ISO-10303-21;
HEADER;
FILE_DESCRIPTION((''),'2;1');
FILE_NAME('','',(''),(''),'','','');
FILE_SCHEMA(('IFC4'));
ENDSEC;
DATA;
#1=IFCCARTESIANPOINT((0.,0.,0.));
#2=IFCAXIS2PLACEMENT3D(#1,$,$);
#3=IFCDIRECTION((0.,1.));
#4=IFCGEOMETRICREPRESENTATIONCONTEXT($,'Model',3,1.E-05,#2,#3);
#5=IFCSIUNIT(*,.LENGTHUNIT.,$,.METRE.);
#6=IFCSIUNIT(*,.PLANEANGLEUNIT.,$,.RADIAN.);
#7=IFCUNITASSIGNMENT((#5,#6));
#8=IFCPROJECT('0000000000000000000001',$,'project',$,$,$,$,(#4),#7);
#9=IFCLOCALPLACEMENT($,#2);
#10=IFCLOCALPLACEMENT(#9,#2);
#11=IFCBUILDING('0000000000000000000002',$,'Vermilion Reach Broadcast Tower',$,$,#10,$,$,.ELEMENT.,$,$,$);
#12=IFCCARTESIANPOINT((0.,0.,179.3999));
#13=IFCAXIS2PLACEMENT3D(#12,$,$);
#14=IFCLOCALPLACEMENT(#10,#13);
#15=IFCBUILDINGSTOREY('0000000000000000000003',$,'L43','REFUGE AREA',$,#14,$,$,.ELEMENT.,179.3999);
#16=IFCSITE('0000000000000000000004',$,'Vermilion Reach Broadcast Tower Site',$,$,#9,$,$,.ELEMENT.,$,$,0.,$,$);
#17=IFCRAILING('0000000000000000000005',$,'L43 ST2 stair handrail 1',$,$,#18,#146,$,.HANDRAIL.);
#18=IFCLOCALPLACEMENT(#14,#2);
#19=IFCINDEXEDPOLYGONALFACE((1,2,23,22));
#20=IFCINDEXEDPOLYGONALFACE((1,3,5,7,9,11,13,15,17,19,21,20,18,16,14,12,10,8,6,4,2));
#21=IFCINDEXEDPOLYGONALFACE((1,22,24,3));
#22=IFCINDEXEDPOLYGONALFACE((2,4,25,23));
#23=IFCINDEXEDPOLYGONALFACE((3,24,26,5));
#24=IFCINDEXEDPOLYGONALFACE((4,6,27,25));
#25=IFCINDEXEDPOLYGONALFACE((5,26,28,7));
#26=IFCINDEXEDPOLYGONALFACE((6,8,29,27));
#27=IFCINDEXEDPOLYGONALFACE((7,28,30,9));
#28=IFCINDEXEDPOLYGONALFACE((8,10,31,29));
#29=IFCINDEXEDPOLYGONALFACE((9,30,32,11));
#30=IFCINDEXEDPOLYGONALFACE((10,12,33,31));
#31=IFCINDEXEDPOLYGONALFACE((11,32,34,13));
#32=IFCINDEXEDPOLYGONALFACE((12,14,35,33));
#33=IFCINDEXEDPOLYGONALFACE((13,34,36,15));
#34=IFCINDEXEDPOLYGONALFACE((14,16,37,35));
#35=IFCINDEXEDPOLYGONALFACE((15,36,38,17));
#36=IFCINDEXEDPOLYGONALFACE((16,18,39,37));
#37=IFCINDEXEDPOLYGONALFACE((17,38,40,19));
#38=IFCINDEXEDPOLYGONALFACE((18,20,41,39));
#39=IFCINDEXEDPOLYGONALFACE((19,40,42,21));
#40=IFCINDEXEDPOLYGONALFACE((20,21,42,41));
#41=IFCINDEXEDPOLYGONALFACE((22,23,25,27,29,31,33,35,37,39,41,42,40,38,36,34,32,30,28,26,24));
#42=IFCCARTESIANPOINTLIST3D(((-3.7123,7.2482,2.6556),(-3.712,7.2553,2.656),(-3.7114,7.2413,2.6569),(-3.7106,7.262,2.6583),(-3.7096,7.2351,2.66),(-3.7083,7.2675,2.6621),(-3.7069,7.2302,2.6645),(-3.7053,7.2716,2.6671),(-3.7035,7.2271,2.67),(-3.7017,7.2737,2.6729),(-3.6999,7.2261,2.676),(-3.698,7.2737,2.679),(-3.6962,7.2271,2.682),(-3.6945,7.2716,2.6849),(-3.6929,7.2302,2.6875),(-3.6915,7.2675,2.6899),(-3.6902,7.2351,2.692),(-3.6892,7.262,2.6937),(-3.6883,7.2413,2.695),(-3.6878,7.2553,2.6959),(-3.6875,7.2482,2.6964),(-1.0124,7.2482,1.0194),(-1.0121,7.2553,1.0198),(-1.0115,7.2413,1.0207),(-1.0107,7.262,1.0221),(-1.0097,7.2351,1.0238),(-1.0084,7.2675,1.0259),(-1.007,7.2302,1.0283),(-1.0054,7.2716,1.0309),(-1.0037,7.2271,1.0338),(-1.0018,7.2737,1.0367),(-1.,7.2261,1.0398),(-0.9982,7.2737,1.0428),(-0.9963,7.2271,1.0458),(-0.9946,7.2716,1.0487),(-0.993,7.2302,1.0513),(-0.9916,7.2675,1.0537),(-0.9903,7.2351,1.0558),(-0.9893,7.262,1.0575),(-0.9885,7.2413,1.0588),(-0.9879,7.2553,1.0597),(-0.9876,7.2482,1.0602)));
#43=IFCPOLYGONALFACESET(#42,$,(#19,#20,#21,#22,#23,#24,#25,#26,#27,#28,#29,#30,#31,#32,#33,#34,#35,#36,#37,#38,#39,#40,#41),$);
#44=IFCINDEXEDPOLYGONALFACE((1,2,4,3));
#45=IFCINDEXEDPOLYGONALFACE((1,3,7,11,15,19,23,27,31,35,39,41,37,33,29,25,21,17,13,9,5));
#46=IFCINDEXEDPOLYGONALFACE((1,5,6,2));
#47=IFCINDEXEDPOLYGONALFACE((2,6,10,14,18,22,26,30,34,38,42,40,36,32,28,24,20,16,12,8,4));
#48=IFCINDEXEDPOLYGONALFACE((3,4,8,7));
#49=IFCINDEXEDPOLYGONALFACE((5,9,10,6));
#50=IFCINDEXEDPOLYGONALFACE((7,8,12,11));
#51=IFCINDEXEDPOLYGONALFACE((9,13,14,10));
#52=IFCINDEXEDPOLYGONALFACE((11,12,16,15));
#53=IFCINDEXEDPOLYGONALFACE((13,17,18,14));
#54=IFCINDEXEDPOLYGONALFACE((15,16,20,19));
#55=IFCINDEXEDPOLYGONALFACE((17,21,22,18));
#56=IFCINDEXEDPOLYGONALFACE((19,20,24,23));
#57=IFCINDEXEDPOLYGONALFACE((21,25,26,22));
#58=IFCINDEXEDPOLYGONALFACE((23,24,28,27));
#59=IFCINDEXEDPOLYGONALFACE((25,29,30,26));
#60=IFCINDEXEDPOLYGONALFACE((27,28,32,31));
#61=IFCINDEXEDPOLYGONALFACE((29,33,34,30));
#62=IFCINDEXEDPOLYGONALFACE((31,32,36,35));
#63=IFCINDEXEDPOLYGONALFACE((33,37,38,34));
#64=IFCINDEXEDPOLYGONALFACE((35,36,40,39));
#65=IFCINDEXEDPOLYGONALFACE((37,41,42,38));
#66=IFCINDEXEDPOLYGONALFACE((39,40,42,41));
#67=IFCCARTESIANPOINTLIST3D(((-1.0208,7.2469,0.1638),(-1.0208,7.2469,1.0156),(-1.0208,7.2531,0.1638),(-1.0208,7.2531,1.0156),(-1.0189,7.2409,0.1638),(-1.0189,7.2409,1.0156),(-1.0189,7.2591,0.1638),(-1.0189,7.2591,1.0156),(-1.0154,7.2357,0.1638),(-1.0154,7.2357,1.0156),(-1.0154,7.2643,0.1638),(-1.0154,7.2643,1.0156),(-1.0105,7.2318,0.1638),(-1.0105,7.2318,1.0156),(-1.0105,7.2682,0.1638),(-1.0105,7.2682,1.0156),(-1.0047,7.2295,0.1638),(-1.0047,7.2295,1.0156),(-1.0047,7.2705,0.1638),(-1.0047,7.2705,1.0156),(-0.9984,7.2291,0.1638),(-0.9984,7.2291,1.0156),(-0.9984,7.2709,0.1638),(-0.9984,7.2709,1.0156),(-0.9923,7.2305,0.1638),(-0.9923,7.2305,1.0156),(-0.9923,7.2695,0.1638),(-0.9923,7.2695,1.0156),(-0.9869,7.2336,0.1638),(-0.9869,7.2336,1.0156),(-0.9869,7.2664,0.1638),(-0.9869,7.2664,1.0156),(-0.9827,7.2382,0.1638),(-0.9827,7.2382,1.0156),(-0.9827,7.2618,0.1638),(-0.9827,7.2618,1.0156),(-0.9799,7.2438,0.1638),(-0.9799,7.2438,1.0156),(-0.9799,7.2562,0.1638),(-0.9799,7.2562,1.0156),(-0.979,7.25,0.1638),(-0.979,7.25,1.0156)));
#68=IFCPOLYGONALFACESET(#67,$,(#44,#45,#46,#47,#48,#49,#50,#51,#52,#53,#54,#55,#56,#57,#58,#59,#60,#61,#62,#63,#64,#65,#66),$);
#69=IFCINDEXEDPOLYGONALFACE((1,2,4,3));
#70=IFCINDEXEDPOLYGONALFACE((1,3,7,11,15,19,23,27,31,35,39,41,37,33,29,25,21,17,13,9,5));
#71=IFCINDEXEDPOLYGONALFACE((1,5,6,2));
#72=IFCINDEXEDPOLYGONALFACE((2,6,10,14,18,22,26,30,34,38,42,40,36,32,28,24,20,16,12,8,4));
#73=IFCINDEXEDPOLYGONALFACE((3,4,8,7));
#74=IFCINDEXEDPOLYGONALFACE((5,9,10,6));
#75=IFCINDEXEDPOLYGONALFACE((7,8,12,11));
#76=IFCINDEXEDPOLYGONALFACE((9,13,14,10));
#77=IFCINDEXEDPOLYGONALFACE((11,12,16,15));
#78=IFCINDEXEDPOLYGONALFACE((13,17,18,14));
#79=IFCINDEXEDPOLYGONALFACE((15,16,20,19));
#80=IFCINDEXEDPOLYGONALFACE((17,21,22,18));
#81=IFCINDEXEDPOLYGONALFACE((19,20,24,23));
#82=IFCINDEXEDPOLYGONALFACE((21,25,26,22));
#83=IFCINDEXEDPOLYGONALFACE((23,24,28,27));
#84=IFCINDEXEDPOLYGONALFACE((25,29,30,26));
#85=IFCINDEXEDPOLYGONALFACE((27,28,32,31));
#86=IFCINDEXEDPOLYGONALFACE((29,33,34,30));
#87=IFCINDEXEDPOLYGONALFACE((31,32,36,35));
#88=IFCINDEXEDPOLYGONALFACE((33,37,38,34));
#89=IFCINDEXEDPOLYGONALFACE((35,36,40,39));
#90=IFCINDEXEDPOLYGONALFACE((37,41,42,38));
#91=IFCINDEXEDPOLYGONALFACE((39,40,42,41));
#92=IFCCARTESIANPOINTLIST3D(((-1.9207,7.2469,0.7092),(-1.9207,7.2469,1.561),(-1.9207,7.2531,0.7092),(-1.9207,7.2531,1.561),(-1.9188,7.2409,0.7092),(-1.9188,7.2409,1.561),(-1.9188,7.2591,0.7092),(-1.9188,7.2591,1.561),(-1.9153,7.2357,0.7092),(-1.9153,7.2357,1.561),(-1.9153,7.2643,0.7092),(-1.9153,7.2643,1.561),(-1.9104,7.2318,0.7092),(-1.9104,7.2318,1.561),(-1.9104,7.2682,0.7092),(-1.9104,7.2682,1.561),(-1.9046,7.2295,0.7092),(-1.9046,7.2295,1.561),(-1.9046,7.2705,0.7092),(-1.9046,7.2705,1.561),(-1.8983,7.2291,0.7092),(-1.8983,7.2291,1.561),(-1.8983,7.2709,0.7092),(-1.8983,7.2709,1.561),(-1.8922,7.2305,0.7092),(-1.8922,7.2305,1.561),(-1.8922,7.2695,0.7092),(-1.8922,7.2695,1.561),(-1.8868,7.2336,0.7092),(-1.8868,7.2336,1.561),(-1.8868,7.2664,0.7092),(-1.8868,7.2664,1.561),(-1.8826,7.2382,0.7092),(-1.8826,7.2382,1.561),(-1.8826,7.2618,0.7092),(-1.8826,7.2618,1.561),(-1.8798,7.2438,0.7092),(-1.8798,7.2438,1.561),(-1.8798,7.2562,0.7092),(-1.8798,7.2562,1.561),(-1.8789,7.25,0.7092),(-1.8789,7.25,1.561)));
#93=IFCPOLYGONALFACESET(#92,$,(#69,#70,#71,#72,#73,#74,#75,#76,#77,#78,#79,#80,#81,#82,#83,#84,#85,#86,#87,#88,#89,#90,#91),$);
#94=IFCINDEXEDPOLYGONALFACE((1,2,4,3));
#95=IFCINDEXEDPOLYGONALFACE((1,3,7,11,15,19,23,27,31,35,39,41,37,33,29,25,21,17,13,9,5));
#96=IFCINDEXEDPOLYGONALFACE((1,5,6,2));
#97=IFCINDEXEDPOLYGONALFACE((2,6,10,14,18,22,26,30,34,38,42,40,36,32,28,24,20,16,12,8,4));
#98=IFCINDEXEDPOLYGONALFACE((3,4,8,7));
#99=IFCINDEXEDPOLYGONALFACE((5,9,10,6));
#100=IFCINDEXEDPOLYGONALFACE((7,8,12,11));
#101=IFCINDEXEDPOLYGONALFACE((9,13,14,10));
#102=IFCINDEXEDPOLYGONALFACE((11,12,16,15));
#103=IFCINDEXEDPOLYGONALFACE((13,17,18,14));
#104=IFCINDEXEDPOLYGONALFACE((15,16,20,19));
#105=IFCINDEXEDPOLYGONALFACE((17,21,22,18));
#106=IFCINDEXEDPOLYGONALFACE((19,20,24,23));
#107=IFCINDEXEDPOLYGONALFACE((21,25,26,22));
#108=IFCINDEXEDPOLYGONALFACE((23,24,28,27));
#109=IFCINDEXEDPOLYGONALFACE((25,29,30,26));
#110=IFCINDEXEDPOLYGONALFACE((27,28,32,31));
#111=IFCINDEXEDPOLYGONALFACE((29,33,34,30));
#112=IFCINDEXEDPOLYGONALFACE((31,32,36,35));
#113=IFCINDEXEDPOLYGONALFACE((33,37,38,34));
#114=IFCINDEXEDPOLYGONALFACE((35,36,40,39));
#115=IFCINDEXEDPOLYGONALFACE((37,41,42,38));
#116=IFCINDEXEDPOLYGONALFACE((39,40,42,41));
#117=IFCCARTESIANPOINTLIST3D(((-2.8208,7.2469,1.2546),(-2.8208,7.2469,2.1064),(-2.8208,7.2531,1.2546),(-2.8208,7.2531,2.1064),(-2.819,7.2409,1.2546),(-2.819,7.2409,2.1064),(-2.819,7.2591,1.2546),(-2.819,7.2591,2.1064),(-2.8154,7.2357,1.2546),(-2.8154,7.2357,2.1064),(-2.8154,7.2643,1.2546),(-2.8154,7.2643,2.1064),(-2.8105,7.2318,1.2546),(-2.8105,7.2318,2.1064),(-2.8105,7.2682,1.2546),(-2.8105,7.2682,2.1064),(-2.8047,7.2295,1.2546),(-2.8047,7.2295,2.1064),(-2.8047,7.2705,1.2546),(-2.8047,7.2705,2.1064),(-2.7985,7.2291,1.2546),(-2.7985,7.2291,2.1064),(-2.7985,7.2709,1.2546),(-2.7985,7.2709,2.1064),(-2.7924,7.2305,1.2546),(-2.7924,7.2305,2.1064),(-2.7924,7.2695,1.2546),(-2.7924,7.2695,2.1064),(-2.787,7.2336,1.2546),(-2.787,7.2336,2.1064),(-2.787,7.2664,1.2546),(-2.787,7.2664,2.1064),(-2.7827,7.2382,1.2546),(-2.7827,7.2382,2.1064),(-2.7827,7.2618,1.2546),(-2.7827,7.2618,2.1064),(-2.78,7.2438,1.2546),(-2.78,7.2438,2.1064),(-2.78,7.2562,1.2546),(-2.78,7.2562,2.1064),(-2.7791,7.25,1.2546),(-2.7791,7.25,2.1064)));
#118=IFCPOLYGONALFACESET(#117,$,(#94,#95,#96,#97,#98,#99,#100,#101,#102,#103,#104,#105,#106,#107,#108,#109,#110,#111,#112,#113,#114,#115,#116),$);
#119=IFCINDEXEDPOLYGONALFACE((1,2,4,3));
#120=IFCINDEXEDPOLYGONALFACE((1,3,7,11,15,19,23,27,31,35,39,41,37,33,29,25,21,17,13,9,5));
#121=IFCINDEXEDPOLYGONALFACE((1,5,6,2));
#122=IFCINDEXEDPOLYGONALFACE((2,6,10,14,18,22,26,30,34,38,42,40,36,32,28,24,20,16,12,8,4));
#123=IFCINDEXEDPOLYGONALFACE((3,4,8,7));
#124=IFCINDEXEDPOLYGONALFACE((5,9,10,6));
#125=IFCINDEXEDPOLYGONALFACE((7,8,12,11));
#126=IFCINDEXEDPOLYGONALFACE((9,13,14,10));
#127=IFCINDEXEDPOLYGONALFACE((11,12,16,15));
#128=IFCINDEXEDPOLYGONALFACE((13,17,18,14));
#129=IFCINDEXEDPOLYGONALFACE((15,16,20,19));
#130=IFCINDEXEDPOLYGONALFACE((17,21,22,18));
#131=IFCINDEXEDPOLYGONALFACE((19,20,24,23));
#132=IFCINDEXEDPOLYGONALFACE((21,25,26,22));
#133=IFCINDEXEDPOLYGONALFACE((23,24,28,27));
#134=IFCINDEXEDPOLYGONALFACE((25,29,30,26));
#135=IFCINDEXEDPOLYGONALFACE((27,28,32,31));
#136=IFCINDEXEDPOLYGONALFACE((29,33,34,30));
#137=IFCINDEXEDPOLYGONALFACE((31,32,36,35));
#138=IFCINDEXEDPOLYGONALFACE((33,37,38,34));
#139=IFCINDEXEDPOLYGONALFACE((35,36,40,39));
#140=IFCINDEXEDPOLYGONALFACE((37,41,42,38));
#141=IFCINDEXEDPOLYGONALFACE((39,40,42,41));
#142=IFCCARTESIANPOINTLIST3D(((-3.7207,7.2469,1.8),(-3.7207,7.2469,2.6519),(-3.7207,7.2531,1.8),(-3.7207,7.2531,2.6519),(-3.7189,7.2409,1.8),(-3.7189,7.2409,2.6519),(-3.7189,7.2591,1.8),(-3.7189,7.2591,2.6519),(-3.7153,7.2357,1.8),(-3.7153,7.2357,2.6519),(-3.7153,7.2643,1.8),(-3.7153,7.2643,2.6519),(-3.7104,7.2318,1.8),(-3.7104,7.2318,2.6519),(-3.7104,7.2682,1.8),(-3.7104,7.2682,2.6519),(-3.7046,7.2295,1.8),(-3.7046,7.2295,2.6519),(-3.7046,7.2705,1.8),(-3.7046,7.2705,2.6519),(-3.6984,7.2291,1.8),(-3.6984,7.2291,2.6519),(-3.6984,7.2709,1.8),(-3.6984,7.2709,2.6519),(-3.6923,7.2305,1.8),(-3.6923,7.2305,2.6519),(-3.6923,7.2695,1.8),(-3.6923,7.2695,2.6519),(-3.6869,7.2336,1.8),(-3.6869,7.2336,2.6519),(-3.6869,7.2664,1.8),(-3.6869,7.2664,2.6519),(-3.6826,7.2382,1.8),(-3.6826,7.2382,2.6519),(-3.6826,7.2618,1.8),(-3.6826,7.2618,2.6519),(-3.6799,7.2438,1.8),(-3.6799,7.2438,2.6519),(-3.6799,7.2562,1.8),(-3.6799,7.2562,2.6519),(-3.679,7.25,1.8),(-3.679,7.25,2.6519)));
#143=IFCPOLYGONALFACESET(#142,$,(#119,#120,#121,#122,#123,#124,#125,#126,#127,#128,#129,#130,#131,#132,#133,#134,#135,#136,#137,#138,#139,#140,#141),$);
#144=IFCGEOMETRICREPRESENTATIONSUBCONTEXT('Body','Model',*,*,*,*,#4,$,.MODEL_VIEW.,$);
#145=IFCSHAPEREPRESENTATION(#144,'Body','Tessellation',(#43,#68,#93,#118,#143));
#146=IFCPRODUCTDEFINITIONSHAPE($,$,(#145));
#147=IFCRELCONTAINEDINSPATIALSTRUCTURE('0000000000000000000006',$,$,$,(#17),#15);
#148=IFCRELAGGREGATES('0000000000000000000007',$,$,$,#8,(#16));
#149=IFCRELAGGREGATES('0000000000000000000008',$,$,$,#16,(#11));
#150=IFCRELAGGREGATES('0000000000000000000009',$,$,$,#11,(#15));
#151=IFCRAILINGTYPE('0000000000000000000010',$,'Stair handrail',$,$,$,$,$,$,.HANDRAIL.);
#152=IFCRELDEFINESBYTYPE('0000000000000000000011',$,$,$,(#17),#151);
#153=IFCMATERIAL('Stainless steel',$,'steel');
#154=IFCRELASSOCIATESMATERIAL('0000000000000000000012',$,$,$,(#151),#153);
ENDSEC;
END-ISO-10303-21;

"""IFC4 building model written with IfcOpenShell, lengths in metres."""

from ifc_helpers import new_model, si_unit, direction, frame, origin, origin_2d, place, context, subcontext, project, spatial, circle, extrude, material, type_object, element, save


model = new_model("IFC4")

# Units and contexts
model_context = context("Model", 3, precision=1e-05, world=origin(), true_north=direction((0.0, 1.0)))
body_context = subcontext(model_context, "Body", "Model", "MODEL_VIEW")
ifc_project = project(units=[si_unit("LENGTHUNIT", "METRE"), si_unit("PLANEANGLEUNIT", "RADIAN")], contexts=[model_context])

# Site, building, storey
site_placement = place(None, origin())
site = spatial("IfcSite", under=ifc_project, at=site_placement, Name="Vermilion Reach Broadcast Tower Site", CompositionType="ELEMENT", RefElevation=0.0)
building_placement = place(site_placement, origin())
building = spatial("IfcBuilding", under=site, at=building_placement, Name="Vermilion Reach Broadcast Tower", CompositionType="ELEMENT")
storey_placement = place(building_placement, frame((0.0, 0.0, 179.3999)))
storey = spatial("IfcBuildingStorey", under=building, at=storey_placement, Name="L43", Description="REFUGE AREA", CompositionType="ELEMENT", Elevation=179.3999)

# Railing
ifc_material_1 = material(Name="Stainless steel", Category="steel")
railing_type_1 = type_object("IfcRailingType", Name="Stair handrail", PredefinedType="HANDRAIL", material=ifc_material_1)
railing_1_placement = place(storey_placement, frame((-1.0, 7.25, 0.1638)))
element("IfcRailing", 1, at=railing_1_placement, inside=storey, type_object=railing_type_1, Name="L43 ST2 stair handrail 1", PredefinedType="HANDRAIL", context=body_context, shape_type="SweptSolid", body=[
    extrude(circle(Radius=0.0239, at=origin_2d()), frame((0.0, 0.0, 0.876), z_axis=(-0.855212, 0.0, 0.518278), x_axis=(0.0, -1.0, 0.0)), (0.0, 0.0, 1.0), 3.157),
    extrude(circle(Radius=0.021, at=origin_2d()), origin(), (0.0, 0.0, 1.0), 0.8518),
    extrude(circle(Radius=0.021, at=origin_2d()), frame((-0.8999, 0.0, 0.5454)), (0.0, 0.0, 1.0), 0.8518),
    extrude(circle(Radius=0.021, at=origin_2d()), frame((-1.8, 0.0, 1.0908)), (0.0, 0.0, 1.0), 0.8518),
    extrude(circle(Radius=0.021, at=origin_2d()), frame((-2.7, 0.0, 1.6362)), (0.0, 0.0, 1.0), 0.8518),
])

save(model, "model.ifc")
